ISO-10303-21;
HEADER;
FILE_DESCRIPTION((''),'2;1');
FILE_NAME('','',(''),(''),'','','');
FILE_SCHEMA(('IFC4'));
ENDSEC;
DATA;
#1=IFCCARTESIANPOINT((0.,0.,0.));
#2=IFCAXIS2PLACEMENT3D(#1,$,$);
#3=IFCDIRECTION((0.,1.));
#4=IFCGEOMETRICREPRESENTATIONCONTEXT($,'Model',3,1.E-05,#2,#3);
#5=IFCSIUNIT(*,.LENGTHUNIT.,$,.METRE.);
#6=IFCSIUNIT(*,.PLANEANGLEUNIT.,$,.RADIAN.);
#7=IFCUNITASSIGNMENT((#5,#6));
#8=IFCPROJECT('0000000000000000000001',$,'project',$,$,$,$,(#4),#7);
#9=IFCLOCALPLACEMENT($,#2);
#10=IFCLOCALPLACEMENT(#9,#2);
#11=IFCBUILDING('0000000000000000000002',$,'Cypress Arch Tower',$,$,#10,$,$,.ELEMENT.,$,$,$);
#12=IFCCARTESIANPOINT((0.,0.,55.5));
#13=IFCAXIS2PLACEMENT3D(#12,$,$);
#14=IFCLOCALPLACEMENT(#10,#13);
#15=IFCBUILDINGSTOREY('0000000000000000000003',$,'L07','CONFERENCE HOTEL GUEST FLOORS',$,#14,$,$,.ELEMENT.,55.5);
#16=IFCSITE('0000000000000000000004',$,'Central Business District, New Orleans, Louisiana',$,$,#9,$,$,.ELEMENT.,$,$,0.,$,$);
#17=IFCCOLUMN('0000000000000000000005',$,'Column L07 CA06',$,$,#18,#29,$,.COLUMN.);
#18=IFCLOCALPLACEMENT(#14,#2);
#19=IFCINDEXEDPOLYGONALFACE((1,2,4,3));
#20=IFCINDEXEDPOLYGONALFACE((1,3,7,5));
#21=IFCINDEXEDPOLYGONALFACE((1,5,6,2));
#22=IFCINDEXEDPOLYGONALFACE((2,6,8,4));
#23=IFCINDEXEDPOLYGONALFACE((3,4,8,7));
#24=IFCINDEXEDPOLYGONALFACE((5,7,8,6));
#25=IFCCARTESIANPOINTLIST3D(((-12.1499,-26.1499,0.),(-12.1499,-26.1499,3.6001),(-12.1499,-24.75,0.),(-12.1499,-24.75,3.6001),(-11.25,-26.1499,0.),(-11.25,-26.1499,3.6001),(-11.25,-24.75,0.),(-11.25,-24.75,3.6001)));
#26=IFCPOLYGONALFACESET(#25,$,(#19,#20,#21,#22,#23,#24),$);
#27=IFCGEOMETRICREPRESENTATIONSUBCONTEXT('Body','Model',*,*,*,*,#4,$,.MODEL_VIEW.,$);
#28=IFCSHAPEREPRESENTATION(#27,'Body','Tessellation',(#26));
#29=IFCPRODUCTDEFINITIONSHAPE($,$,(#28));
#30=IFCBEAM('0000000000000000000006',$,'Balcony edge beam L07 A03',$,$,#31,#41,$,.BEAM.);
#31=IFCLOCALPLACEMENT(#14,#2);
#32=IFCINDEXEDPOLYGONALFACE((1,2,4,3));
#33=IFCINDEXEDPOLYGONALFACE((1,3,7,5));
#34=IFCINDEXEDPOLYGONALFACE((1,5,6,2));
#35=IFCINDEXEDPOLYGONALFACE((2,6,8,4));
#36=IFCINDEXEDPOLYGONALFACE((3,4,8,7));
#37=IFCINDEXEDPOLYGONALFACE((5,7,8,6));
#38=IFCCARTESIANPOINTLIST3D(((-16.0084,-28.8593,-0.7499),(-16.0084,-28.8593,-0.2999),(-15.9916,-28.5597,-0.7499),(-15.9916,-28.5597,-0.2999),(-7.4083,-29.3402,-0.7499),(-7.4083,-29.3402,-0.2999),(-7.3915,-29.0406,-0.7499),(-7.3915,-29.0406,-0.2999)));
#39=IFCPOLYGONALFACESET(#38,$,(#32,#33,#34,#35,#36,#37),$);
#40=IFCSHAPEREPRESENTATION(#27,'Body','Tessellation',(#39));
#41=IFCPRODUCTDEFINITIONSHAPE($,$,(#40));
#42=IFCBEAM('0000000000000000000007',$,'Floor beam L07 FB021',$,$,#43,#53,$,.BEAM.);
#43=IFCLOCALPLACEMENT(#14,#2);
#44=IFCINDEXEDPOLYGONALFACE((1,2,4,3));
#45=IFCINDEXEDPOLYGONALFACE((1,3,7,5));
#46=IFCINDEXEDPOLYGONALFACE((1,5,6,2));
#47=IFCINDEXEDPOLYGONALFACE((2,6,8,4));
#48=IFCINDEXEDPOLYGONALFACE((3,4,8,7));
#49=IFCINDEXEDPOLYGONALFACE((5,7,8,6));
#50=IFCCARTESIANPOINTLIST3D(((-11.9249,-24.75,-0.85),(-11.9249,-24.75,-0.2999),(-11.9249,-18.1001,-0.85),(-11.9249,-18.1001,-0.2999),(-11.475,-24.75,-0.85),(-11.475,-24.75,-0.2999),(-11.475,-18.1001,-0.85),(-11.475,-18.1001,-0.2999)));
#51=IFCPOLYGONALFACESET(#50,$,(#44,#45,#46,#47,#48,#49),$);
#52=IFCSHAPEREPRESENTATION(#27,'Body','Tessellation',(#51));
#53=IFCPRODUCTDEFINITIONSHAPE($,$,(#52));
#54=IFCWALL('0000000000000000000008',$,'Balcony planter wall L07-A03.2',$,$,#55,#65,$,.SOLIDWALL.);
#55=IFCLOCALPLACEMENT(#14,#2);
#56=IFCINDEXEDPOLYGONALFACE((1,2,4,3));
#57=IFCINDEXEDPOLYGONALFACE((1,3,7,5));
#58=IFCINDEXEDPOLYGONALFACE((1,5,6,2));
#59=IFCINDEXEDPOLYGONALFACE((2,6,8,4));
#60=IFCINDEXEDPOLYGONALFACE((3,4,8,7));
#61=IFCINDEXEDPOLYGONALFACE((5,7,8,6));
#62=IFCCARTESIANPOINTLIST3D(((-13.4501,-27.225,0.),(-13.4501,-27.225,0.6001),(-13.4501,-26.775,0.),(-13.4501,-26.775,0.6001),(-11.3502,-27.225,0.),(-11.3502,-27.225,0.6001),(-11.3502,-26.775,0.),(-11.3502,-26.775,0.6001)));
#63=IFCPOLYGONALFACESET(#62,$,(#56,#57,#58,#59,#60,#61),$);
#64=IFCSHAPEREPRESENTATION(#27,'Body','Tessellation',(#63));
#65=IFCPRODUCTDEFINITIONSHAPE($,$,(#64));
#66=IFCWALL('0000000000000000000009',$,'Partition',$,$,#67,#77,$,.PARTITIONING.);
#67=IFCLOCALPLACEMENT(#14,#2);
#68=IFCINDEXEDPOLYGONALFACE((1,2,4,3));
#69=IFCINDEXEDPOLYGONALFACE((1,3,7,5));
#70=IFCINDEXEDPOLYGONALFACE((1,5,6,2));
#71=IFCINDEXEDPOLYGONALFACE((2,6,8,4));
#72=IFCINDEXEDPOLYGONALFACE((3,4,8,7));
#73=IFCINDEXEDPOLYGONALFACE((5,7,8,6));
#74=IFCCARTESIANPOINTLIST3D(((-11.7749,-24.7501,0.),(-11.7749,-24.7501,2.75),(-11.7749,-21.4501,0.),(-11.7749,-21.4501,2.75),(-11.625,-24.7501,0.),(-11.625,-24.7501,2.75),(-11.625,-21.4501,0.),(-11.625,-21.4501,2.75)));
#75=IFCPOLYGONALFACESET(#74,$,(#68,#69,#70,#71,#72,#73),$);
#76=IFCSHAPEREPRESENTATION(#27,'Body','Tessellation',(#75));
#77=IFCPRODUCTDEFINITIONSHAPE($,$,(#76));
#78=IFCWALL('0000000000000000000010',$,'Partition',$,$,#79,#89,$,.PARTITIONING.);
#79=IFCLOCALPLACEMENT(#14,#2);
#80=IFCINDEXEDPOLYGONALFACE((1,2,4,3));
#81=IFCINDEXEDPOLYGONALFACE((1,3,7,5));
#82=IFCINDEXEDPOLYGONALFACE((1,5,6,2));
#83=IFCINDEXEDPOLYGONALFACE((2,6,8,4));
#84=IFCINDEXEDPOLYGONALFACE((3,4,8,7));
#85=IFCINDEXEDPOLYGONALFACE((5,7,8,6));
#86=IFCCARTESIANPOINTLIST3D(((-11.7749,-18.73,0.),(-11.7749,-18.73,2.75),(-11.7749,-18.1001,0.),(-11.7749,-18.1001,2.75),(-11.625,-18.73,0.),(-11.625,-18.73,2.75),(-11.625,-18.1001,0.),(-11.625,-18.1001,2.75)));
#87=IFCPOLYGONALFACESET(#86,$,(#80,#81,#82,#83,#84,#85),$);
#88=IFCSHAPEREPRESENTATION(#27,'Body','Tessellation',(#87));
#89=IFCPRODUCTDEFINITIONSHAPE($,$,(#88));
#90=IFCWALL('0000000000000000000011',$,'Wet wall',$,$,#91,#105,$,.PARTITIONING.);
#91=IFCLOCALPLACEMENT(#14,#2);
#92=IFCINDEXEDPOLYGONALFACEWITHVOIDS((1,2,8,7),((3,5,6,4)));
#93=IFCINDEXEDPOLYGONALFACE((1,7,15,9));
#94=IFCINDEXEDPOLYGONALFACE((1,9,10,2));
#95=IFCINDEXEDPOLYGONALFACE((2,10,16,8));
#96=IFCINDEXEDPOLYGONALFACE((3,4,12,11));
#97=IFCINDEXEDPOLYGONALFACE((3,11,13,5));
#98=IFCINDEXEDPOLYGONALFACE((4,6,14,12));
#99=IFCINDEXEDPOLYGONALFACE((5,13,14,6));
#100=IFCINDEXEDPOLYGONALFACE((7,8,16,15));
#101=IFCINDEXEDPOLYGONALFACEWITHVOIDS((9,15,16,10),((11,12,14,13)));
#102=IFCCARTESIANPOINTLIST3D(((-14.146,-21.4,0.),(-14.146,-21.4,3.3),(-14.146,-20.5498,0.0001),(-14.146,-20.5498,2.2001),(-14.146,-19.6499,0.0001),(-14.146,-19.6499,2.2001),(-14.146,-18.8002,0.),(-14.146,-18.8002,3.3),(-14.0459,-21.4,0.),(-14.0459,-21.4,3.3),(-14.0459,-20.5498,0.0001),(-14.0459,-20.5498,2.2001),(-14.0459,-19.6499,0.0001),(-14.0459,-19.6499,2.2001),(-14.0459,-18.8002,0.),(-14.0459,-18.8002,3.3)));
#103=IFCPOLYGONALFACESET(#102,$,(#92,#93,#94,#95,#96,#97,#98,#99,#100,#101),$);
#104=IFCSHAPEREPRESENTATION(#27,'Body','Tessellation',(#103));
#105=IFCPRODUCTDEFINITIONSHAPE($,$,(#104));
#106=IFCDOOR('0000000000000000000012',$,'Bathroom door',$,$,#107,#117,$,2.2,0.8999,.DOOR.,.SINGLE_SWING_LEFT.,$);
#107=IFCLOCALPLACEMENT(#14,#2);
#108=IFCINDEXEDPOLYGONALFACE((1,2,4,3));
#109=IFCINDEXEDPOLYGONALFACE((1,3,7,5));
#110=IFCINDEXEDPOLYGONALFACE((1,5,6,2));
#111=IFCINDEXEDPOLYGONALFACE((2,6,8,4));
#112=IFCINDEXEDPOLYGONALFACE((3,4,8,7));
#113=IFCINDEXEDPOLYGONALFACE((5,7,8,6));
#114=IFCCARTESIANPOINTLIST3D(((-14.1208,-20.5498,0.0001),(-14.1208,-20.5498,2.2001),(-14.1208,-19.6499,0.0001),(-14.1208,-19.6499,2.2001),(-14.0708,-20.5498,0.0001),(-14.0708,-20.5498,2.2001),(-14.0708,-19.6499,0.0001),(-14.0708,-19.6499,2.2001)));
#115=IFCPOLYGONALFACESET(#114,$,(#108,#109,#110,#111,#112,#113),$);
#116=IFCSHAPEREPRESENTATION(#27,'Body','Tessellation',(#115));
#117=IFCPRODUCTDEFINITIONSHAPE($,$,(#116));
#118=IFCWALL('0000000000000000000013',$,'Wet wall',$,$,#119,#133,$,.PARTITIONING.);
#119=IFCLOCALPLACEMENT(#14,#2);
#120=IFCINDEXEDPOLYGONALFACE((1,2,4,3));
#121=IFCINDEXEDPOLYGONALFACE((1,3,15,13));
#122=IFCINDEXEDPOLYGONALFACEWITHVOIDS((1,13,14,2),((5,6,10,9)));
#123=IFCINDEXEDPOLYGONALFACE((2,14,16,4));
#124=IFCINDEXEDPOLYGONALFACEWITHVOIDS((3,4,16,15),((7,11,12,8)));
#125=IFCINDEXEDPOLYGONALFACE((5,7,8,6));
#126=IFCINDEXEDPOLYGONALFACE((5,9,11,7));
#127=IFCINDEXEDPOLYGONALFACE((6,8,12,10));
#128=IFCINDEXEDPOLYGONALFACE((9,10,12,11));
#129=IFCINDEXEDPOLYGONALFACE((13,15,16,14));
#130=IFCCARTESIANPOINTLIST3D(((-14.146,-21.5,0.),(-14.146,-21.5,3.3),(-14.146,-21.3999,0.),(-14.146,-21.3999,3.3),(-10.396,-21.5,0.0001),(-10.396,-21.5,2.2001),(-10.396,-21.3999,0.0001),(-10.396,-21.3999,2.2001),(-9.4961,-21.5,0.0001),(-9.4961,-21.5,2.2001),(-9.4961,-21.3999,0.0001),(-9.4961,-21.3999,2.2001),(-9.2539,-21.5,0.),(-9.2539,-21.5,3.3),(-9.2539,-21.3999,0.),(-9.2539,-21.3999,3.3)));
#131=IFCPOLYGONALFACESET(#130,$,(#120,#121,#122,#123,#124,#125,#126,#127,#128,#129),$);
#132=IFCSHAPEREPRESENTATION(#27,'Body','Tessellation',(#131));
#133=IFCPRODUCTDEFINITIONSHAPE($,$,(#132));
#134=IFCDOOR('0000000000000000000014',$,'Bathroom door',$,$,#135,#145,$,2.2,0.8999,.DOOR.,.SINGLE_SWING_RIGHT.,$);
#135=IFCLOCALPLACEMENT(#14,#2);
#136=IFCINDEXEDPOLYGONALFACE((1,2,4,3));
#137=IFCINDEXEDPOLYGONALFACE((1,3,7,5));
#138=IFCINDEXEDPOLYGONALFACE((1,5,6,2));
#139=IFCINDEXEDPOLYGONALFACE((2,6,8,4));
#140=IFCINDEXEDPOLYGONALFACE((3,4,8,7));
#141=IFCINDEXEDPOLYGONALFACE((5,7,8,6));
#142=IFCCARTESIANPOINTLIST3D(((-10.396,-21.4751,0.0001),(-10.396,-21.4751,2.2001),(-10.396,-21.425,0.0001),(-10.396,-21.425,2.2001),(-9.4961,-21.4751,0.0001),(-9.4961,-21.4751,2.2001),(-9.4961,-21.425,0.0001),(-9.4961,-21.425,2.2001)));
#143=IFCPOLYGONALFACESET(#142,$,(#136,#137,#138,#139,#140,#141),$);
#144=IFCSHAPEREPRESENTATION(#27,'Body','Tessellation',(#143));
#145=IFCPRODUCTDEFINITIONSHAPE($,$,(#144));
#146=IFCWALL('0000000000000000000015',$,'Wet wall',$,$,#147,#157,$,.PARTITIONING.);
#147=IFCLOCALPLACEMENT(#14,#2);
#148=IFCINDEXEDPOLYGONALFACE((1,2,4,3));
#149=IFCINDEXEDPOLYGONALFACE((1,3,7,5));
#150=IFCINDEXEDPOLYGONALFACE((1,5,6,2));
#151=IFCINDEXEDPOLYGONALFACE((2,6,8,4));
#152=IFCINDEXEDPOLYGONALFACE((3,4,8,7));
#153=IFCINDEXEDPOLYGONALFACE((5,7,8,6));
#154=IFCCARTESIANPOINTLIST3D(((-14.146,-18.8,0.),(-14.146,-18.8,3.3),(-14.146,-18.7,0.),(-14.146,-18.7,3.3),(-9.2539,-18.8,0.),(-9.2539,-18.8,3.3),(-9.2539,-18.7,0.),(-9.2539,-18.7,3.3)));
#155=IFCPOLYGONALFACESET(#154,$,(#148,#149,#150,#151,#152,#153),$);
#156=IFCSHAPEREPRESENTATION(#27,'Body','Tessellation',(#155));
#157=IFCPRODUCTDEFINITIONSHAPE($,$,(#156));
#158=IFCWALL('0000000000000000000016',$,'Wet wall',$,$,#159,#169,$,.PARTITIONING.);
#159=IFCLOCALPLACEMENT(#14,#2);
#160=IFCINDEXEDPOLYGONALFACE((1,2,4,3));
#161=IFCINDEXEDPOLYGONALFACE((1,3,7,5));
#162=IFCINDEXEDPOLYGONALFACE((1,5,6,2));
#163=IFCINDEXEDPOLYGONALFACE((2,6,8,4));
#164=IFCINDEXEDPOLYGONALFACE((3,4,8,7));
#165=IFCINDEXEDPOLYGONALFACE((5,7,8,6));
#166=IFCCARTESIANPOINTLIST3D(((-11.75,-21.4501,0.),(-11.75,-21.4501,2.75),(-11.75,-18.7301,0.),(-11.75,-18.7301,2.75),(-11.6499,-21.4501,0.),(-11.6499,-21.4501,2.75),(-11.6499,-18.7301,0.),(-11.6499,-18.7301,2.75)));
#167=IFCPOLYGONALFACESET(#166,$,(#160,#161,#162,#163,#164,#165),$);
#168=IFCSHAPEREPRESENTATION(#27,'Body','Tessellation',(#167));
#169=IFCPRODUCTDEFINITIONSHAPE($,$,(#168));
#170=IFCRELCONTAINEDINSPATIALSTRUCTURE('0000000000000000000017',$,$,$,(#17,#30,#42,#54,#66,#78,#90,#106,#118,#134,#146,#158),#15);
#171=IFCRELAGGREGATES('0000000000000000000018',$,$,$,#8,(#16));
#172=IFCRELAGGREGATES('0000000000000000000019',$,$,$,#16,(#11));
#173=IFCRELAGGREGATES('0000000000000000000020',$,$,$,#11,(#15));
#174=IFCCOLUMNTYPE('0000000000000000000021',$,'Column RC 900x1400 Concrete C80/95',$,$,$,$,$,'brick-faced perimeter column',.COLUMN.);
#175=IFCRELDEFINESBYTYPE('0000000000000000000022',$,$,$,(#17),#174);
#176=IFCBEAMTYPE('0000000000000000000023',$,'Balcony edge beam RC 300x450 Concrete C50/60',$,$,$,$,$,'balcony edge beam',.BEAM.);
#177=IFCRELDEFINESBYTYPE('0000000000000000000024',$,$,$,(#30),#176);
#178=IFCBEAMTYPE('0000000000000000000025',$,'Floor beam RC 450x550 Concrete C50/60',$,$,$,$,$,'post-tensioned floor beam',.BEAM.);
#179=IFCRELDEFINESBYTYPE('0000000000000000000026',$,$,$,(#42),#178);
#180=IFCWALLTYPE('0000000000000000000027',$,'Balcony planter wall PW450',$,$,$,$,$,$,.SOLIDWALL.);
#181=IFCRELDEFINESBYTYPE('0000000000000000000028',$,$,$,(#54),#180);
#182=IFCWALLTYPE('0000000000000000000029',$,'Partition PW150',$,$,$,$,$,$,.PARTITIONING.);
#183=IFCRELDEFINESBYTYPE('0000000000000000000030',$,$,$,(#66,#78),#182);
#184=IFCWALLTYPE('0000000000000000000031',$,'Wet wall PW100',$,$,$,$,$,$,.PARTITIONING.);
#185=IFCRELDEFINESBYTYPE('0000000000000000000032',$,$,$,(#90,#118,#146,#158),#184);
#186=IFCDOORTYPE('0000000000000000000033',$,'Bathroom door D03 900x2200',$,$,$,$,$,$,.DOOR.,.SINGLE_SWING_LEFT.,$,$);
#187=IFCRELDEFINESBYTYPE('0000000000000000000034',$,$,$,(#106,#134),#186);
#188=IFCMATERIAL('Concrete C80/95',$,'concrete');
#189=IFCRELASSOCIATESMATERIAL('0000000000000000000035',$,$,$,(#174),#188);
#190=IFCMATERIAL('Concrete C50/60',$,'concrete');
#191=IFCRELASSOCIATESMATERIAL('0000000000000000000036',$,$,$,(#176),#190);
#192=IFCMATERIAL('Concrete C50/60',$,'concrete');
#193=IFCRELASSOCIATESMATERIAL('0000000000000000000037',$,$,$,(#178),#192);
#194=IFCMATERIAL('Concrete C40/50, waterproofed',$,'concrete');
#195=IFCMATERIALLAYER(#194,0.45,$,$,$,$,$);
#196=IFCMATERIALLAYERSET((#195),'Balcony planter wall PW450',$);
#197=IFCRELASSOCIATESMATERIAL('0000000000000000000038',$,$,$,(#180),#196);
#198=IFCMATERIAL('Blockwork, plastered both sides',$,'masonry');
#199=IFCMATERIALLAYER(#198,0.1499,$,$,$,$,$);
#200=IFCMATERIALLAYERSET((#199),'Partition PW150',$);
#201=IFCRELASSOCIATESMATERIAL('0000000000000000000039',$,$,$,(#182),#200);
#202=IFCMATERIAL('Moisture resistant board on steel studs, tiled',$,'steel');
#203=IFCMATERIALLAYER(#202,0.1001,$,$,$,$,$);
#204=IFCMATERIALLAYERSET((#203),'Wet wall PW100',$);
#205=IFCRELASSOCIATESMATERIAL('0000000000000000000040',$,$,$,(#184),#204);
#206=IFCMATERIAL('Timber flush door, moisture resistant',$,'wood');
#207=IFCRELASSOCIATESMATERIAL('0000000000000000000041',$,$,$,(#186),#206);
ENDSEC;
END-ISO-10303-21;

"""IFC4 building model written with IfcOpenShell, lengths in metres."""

from ifc_helpers import new_model, si_unit, direction, frame, frame_2d, origin, origin_2d, place, context, subcontext, project, spatial, rectangle, extrude, material, layer, layer_set, material_profile, profile_set, type_object, element, fill, save


model = new_model("IFC4")

# Units and contexts
model_context = context("Model", 3, precision=1e-05, world=origin(), true_north=direction((0.0, 1.0)))
body_context = subcontext(model_context, "Body", "Model", "MODEL_VIEW")
ifc_project = project(units=[si_unit("LENGTHUNIT", "METRE"), si_unit("PLANEANGLEUNIT", "RADIAN")], contexts=[model_context])

# Site, building, storey
site_placement = place(None, origin())
site = spatial("IfcSite", under=ifc_project, at=site_placement, Name="Central Business District, New Orleans, Louisiana", CompositionType="ELEMENT", RefElevation=0.0)
building_placement = place(site_placement, origin())
building = spatial("IfcBuilding", under=site, at=building_placement, Name="Cypress Arch Tower", CompositionType="ELEMENT")
storey_placement = place(building_placement, frame((0.0, 0.0, 55.5)))
storey = spatial("IfcBuildingStorey", under=building, at=storey_placement, Name="L07", Description="CONFERENCE HOTEL GUEST FLOORS", CompositionType="ELEMENT", Elevation=55.5)

# Column
ifc_material_1 = material(Name="Concrete C80/95", Category="concrete")
ifc_material_profile_1 = material_profile(ifc_material_1, rectangle(XDim=0.8999, YDim=1.3999, at=origin_2d()), Name="RC 900x1400")
ifc_profile_set_1 = profile_set([ifc_material_profile_1], Name="Concrete C80/95")
column_type = type_object("IfcColumnType", Name="Column RC 900x1400 Concrete C80/95", ElementType="brick-faced perimeter column", PredefinedType="COLUMN", material=ifc_profile_set_1)
column_placement = place(storey_placement, frame((-11.7, -25.45, 0.0), z_axis=(0.0, 0.0, 1.0), x_axis=(1.0, 0.0, 0.0)))
element("IfcColumn", 1, at=column_placement, inside=storey, type_object=column_type, Name="Column L07 CA06", PredefinedType="COLUMN", context=body_context, shape_type="SweptSolid", body=[
    extrude(rectangle(XDim=0.8999, YDim=1.3999, at=origin_2d()), origin(), (0.0, 0.0, 1.0), 3.6001),
])

# Beams
ifc_material_2 = material(Name="Concrete C50/60", Category="concrete")
ifc_material_profile_2 = material_profile(ifc_material_2, rectangle(XDim=0.3, YDim=0.45, at=origin_2d()), Name="RC 300x450")
ifc_profile_set_2 = profile_set([ifc_material_profile_2], Name="Concrete C50/60")
beam_type_1 = type_object("IfcBeamType", Name="Balcony edge beam RC 300x450 Concrete C50/60", ElementType="balcony edge beam", PredefinedType="BEAM", material=ifc_profile_set_2)
beam_1_placement = place(storey_placement, frame((-16.0, -28.7095, -0.5249), z_axis=(0.99844, -0.055837, 0.0), x_axis=(0.055837, 0.99844, 0.0)))
element("IfcBeam", 2, at=beam_1_placement, inside=storey, type_object=beam_type_1, Name="Balcony edge beam L07 A03", PredefinedType="BEAM", context=body_context, shape_type="SweptSolid", body=[
    extrude(rectangle(XDim=0.3, YDim=0.45, at=origin_2d()), origin(), (0.0, 0.0, 1.0), 8.6135),
])
ifc_material_3 = material(Name="Concrete C50/60", Category="concrete")
ifc_material_profile_3 = material_profile(ifc_material_3, rectangle(XDim=0.45, YDim=0.55, at=origin_2d()), Name="RC 450x550")
ifc_profile_set_3 = profile_set([ifc_material_profile_3], Name="Concrete C50/60")
beam_type_2 = type_object("IfcBeamType", Name="Floor beam RC 450x550 Concrete C50/60", ElementType="post-tensioned floor beam", PredefinedType="BEAM", material=ifc_profile_set_3)
beam_2_placement = place(storey_placement, frame((-11.7, -24.75, -0.575), z_axis=(0.0, 1.0, 0.0), x_axis=(-1.0, 0.0, 0.0)))
element("IfcBeam", 3, at=beam_2_placement, inside=storey, type_object=beam_type_2, Name="Floor beam L07 FB021", PredefinedType="BEAM", context=body_context, shape_type="SweptSolid", body=[
    extrude(rectangle(XDim=0.45, YDim=0.55, at=origin_2d()), origin(), (0.0, 0.0, 1.0), 6.6499),
])

# Wall
ifc_material_4 = material(Name="Concrete C40/50, waterproofed", Category="concrete")
ifc_layer_1 = layer(ifc_material_4, 0.45)
ifc_layer_set_1 = layer_set([ifc_layer_1], Name="Balcony planter wall PW450")
wall_type_1 = type_object("IfcWallType", Name="Balcony planter wall PW450", PredefinedType="SOLIDWALL", material=ifc_layer_set_1)
wall_1_placement = place(storey_placement, frame((-13.45, -27.0, 0.0), z_axis=(0.0, 0.0, 1.0), x_axis=(1.0, 0.0, 0.0)))
element("IfcWall", 4, at=wall_1_placement, inside=storey, type_object=wall_type_1, Name="Balcony planter wall L07-A03.2", PredefinedType="SOLIDWALL", context=body_context, shape_type="SweptSolid", body=[
    extrude(rectangle(XDim=2.0999, YDim=0.45, at=frame_2d((1.0498, 0.0))), origin(), (0.0, 0.0, 1.0), 0.6001),
])

# Walls
ifc_material_5 = material(Name="Blockwork, plastered both sides", Category="masonry")
ifc_layer_2 = layer(ifc_material_5, 0.1499)
ifc_layer_set_2 = layer_set([ifc_layer_2], Name="Partition PW150")
wall_type_2 = type_object("IfcWallType", Name="Partition PW150", PredefinedType="PARTITIONING", material=ifc_layer_set_2)
wall_2_placement = place(storey_placement, frame((-11.7, -24.75, 0.0), z_axis=(0.0, 0.0, 1.0), x_axis=(0.0, 1.0, 0.0)))
element("IfcWall", 5, at=wall_2_placement, inside=storey, type_object=wall_type_2, Name="Partition", PredefinedType="PARTITIONING", context=body_context, shape_type="SweptSolid", body=[
    extrude(rectangle(XDim=3.3, YDim=0.1499, at=frame_2d((1.6499, 0.0))), origin(), (0.0, 0.0, 1.0), 2.75),
])
wall_3_placement = place(storey_placement, frame((-11.7, -18.73, 0.0), z_axis=(0.0, 0.0, 1.0), x_axis=(0.0, 1.0, 0.0)))
element("IfcWall", 6, at=wall_3_placement, inside=storey, type_object=wall_type_2, Name="Partition", PredefinedType="PARTITIONING", context=body_context, shape_type="SweptSolid", body=[
    extrude(rectangle(XDim=0.6299, YDim=0.1499, at=frame_2d((0.3149, 0.0))), origin(), (0.0, 0.0, 1.0), 2.75),
])

# Walls, openings, doors
ifc_material_6 = material(Name="Moisture resistant board on steel studs, tiled", Category="steel")
ifc_layer_3 = layer(ifc_material_6, 0.1001)
ifc_layer_set_3 = layer_set([ifc_layer_3], Name="Wet wall PW100")
wall_type_3 = type_object("IfcWallType", Name="Wet wall PW100", PredefinedType="PARTITIONING", material=ifc_layer_set_3)
wall_4_placement = place(storey_placement, frame((-14.0959, -21.3999, 0.0), z_axis=(0.0, 0.0, 1.0), x_axis=(0.0, 1.0, 0.0)))
wall_4 = element("IfcWall", 7, at=wall_4_placement, inside=storey, type_object=wall_type_3, Name="Wet wall", PredefinedType="PARTITIONING", context=body_context, shape_type="SweptSolid", body=[
    extrude(rectangle(XDim=2.5999, YDim=0.1001, at=frame_2d((1.2998, 0.0))), origin(), (0.0, 0.0, 1.0), 3.3),
])
opening_1_placement = place(wall_4_placement, frame((0.8501, 0.0, 0.0)))
opening_1 = element("IfcOpeningElement", 8, at=opening_1_placement, cuts=wall_4, PredefinedType="OPENING", context=body_context, shape_type="SweptSolid", body=[
    extrude(rectangle(XDim=0.8999, YDim=2.2, at=frame_2d((0.45, 1.1001))), frame((0.0, 0.0601, 0.0), z_axis=(0.0, -1.0, 0.0), x_axis=(1.0, 0.0, 0.0)), (0.0, 0.0, 1.0), 0.1201),
])
ifc_material_7 = material(Name="Timber flush door, moisture resistant", Category="wood")
door_type_1 = type_object("IfcDoorType", Name="Bathroom door D03 900x2200", OperationType="SINGLE_SWING_LEFT", PredefinedType="DOOR", material=ifc_material_7)
door_1_placement = place(opening_1_placement, origin())
door_1 = element("IfcDoor", 9, at=door_1_placement, inside=storey, type_object=door_type_1, Name="Bathroom door", OperationType="SINGLE_SWING_LEFT", OverallHeight=2.2, OverallWidth=0.8999, PredefinedType="DOOR", context=body_context, shape_type="SweptSolid", body=[
    extrude(rectangle(XDim=0.8999, YDim=2.2, at=frame_2d((0.45, 1.1001))), frame((0.0, 0.0249, 0.0), z_axis=(0.0, -1.0, 0.0), x_axis=(1.0, 0.0, 0.0)), (0.0, 0.0, 1.0), 0.05),
])
fill(opening_1, door_1)
wall_5_placement = place(storey_placement, frame((-14.146, -21.45, 0.0), z_axis=(0.0, 0.0, 1.0), x_axis=(1.0, 0.0, 0.0)))
wall_5 = element("IfcWall", 10, at=wall_5_placement, inside=storey, type_object=wall_type_3, Name="Wet wall", PredefinedType="PARTITIONING", context=body_context, shape_type="SweptSolid", body=[
    extrude(rectangle(XDim=4.8921, YDim=0.1001, at=frame_2d((2.446, 0.0))), origin(), (0.0, 0.0, 1.0), 3.3),
])
opening_2_placement = place(wall_5_placement, frame((3.75, 0.0, 0.0)))
opening_2 = element("IfcOpeningElement", 11, at=opening_2_placement, cuts=wall_5, PredefinedType="OPENING", context=body_context, shape_type="SweptSolid", body=[
    extrude(rectangle(XDim=0.8999, YDim=2.2, at=frame_2d((0.45, 1.1001))), frame((0.0, 0.0601, 0.0), z_axis=(0.0, -1.0, 0.0), x_axis=(1.0, 0.0, 0.0)), (0.0, 0.0, 1.0), 0.1201),
])
door_2_placement = place(opening_2_placement, origin())
door_2 = element("IfcDoor", 12, at=door_2_placement, inside=storey, type_object=door_type_1, Name="Bathroom door", OperationType="SINGLE_SWING_RIGHT", OverallHeight=2.2, OverallWidth=0.8999, PredefinedType="DOOR", context=body_context, shape_type="SweptSolid", body=[
    extrude(rectangle(XDim=0.8999, YDim=2.2, at=frame_2d((0.45, 1.1001))), frame((0.0, 0.0249, 0.0), z_axis=(0.0, -1.0, 0.0), x_axis=(1.0, 0.0, 0.0)), (0.0, 0.0, 1.0), 0.05),
])
fill(opening_2, door_2)

# Walls
wall_6_placement = place(storey_placement, frame((-14.146, -18.75, 0.0), z_axis=(0.0, 0.0, 1.0), x_axis=(1.0, 0.0, 0.0)))
element("IfcWall", 13, at=wall_6_placement, inside=storey, type_object=wall_type_3, Name="Wet wall", PredefinedType="PARTITIONING", context=body_context, shape_type="SweptSolid", body=[
    extrude(rectangle(XDim=4.8921, YDim=0.1001, at=frame_2d((2.446, 0.0))), origin(), (0.0, 0.0, 1.0), 3.3),
])
wall_7_placement = place(storey_placement, frame((-11.7, -21.45, 0.0), z_axis=(0.0, 0.0, 1.0), x_axis=(0.0, 1.0, 0.0)))
element("IfcWall", 14, at=wall_7_placement, inside=storey, type_object=wall_type_3, Name="Wet wall", PredefinedType="PARTITIONING", context=body_context, shape_type="SweptSolid", body=[
    extrude(rectangle(XDim=2.72, YDim=0.1001, at=frame_2d((1.3599, 0.0))), origin(), (0.0, 0.0, 1.0), 2.75),
])

save(model, "model.ifc")
